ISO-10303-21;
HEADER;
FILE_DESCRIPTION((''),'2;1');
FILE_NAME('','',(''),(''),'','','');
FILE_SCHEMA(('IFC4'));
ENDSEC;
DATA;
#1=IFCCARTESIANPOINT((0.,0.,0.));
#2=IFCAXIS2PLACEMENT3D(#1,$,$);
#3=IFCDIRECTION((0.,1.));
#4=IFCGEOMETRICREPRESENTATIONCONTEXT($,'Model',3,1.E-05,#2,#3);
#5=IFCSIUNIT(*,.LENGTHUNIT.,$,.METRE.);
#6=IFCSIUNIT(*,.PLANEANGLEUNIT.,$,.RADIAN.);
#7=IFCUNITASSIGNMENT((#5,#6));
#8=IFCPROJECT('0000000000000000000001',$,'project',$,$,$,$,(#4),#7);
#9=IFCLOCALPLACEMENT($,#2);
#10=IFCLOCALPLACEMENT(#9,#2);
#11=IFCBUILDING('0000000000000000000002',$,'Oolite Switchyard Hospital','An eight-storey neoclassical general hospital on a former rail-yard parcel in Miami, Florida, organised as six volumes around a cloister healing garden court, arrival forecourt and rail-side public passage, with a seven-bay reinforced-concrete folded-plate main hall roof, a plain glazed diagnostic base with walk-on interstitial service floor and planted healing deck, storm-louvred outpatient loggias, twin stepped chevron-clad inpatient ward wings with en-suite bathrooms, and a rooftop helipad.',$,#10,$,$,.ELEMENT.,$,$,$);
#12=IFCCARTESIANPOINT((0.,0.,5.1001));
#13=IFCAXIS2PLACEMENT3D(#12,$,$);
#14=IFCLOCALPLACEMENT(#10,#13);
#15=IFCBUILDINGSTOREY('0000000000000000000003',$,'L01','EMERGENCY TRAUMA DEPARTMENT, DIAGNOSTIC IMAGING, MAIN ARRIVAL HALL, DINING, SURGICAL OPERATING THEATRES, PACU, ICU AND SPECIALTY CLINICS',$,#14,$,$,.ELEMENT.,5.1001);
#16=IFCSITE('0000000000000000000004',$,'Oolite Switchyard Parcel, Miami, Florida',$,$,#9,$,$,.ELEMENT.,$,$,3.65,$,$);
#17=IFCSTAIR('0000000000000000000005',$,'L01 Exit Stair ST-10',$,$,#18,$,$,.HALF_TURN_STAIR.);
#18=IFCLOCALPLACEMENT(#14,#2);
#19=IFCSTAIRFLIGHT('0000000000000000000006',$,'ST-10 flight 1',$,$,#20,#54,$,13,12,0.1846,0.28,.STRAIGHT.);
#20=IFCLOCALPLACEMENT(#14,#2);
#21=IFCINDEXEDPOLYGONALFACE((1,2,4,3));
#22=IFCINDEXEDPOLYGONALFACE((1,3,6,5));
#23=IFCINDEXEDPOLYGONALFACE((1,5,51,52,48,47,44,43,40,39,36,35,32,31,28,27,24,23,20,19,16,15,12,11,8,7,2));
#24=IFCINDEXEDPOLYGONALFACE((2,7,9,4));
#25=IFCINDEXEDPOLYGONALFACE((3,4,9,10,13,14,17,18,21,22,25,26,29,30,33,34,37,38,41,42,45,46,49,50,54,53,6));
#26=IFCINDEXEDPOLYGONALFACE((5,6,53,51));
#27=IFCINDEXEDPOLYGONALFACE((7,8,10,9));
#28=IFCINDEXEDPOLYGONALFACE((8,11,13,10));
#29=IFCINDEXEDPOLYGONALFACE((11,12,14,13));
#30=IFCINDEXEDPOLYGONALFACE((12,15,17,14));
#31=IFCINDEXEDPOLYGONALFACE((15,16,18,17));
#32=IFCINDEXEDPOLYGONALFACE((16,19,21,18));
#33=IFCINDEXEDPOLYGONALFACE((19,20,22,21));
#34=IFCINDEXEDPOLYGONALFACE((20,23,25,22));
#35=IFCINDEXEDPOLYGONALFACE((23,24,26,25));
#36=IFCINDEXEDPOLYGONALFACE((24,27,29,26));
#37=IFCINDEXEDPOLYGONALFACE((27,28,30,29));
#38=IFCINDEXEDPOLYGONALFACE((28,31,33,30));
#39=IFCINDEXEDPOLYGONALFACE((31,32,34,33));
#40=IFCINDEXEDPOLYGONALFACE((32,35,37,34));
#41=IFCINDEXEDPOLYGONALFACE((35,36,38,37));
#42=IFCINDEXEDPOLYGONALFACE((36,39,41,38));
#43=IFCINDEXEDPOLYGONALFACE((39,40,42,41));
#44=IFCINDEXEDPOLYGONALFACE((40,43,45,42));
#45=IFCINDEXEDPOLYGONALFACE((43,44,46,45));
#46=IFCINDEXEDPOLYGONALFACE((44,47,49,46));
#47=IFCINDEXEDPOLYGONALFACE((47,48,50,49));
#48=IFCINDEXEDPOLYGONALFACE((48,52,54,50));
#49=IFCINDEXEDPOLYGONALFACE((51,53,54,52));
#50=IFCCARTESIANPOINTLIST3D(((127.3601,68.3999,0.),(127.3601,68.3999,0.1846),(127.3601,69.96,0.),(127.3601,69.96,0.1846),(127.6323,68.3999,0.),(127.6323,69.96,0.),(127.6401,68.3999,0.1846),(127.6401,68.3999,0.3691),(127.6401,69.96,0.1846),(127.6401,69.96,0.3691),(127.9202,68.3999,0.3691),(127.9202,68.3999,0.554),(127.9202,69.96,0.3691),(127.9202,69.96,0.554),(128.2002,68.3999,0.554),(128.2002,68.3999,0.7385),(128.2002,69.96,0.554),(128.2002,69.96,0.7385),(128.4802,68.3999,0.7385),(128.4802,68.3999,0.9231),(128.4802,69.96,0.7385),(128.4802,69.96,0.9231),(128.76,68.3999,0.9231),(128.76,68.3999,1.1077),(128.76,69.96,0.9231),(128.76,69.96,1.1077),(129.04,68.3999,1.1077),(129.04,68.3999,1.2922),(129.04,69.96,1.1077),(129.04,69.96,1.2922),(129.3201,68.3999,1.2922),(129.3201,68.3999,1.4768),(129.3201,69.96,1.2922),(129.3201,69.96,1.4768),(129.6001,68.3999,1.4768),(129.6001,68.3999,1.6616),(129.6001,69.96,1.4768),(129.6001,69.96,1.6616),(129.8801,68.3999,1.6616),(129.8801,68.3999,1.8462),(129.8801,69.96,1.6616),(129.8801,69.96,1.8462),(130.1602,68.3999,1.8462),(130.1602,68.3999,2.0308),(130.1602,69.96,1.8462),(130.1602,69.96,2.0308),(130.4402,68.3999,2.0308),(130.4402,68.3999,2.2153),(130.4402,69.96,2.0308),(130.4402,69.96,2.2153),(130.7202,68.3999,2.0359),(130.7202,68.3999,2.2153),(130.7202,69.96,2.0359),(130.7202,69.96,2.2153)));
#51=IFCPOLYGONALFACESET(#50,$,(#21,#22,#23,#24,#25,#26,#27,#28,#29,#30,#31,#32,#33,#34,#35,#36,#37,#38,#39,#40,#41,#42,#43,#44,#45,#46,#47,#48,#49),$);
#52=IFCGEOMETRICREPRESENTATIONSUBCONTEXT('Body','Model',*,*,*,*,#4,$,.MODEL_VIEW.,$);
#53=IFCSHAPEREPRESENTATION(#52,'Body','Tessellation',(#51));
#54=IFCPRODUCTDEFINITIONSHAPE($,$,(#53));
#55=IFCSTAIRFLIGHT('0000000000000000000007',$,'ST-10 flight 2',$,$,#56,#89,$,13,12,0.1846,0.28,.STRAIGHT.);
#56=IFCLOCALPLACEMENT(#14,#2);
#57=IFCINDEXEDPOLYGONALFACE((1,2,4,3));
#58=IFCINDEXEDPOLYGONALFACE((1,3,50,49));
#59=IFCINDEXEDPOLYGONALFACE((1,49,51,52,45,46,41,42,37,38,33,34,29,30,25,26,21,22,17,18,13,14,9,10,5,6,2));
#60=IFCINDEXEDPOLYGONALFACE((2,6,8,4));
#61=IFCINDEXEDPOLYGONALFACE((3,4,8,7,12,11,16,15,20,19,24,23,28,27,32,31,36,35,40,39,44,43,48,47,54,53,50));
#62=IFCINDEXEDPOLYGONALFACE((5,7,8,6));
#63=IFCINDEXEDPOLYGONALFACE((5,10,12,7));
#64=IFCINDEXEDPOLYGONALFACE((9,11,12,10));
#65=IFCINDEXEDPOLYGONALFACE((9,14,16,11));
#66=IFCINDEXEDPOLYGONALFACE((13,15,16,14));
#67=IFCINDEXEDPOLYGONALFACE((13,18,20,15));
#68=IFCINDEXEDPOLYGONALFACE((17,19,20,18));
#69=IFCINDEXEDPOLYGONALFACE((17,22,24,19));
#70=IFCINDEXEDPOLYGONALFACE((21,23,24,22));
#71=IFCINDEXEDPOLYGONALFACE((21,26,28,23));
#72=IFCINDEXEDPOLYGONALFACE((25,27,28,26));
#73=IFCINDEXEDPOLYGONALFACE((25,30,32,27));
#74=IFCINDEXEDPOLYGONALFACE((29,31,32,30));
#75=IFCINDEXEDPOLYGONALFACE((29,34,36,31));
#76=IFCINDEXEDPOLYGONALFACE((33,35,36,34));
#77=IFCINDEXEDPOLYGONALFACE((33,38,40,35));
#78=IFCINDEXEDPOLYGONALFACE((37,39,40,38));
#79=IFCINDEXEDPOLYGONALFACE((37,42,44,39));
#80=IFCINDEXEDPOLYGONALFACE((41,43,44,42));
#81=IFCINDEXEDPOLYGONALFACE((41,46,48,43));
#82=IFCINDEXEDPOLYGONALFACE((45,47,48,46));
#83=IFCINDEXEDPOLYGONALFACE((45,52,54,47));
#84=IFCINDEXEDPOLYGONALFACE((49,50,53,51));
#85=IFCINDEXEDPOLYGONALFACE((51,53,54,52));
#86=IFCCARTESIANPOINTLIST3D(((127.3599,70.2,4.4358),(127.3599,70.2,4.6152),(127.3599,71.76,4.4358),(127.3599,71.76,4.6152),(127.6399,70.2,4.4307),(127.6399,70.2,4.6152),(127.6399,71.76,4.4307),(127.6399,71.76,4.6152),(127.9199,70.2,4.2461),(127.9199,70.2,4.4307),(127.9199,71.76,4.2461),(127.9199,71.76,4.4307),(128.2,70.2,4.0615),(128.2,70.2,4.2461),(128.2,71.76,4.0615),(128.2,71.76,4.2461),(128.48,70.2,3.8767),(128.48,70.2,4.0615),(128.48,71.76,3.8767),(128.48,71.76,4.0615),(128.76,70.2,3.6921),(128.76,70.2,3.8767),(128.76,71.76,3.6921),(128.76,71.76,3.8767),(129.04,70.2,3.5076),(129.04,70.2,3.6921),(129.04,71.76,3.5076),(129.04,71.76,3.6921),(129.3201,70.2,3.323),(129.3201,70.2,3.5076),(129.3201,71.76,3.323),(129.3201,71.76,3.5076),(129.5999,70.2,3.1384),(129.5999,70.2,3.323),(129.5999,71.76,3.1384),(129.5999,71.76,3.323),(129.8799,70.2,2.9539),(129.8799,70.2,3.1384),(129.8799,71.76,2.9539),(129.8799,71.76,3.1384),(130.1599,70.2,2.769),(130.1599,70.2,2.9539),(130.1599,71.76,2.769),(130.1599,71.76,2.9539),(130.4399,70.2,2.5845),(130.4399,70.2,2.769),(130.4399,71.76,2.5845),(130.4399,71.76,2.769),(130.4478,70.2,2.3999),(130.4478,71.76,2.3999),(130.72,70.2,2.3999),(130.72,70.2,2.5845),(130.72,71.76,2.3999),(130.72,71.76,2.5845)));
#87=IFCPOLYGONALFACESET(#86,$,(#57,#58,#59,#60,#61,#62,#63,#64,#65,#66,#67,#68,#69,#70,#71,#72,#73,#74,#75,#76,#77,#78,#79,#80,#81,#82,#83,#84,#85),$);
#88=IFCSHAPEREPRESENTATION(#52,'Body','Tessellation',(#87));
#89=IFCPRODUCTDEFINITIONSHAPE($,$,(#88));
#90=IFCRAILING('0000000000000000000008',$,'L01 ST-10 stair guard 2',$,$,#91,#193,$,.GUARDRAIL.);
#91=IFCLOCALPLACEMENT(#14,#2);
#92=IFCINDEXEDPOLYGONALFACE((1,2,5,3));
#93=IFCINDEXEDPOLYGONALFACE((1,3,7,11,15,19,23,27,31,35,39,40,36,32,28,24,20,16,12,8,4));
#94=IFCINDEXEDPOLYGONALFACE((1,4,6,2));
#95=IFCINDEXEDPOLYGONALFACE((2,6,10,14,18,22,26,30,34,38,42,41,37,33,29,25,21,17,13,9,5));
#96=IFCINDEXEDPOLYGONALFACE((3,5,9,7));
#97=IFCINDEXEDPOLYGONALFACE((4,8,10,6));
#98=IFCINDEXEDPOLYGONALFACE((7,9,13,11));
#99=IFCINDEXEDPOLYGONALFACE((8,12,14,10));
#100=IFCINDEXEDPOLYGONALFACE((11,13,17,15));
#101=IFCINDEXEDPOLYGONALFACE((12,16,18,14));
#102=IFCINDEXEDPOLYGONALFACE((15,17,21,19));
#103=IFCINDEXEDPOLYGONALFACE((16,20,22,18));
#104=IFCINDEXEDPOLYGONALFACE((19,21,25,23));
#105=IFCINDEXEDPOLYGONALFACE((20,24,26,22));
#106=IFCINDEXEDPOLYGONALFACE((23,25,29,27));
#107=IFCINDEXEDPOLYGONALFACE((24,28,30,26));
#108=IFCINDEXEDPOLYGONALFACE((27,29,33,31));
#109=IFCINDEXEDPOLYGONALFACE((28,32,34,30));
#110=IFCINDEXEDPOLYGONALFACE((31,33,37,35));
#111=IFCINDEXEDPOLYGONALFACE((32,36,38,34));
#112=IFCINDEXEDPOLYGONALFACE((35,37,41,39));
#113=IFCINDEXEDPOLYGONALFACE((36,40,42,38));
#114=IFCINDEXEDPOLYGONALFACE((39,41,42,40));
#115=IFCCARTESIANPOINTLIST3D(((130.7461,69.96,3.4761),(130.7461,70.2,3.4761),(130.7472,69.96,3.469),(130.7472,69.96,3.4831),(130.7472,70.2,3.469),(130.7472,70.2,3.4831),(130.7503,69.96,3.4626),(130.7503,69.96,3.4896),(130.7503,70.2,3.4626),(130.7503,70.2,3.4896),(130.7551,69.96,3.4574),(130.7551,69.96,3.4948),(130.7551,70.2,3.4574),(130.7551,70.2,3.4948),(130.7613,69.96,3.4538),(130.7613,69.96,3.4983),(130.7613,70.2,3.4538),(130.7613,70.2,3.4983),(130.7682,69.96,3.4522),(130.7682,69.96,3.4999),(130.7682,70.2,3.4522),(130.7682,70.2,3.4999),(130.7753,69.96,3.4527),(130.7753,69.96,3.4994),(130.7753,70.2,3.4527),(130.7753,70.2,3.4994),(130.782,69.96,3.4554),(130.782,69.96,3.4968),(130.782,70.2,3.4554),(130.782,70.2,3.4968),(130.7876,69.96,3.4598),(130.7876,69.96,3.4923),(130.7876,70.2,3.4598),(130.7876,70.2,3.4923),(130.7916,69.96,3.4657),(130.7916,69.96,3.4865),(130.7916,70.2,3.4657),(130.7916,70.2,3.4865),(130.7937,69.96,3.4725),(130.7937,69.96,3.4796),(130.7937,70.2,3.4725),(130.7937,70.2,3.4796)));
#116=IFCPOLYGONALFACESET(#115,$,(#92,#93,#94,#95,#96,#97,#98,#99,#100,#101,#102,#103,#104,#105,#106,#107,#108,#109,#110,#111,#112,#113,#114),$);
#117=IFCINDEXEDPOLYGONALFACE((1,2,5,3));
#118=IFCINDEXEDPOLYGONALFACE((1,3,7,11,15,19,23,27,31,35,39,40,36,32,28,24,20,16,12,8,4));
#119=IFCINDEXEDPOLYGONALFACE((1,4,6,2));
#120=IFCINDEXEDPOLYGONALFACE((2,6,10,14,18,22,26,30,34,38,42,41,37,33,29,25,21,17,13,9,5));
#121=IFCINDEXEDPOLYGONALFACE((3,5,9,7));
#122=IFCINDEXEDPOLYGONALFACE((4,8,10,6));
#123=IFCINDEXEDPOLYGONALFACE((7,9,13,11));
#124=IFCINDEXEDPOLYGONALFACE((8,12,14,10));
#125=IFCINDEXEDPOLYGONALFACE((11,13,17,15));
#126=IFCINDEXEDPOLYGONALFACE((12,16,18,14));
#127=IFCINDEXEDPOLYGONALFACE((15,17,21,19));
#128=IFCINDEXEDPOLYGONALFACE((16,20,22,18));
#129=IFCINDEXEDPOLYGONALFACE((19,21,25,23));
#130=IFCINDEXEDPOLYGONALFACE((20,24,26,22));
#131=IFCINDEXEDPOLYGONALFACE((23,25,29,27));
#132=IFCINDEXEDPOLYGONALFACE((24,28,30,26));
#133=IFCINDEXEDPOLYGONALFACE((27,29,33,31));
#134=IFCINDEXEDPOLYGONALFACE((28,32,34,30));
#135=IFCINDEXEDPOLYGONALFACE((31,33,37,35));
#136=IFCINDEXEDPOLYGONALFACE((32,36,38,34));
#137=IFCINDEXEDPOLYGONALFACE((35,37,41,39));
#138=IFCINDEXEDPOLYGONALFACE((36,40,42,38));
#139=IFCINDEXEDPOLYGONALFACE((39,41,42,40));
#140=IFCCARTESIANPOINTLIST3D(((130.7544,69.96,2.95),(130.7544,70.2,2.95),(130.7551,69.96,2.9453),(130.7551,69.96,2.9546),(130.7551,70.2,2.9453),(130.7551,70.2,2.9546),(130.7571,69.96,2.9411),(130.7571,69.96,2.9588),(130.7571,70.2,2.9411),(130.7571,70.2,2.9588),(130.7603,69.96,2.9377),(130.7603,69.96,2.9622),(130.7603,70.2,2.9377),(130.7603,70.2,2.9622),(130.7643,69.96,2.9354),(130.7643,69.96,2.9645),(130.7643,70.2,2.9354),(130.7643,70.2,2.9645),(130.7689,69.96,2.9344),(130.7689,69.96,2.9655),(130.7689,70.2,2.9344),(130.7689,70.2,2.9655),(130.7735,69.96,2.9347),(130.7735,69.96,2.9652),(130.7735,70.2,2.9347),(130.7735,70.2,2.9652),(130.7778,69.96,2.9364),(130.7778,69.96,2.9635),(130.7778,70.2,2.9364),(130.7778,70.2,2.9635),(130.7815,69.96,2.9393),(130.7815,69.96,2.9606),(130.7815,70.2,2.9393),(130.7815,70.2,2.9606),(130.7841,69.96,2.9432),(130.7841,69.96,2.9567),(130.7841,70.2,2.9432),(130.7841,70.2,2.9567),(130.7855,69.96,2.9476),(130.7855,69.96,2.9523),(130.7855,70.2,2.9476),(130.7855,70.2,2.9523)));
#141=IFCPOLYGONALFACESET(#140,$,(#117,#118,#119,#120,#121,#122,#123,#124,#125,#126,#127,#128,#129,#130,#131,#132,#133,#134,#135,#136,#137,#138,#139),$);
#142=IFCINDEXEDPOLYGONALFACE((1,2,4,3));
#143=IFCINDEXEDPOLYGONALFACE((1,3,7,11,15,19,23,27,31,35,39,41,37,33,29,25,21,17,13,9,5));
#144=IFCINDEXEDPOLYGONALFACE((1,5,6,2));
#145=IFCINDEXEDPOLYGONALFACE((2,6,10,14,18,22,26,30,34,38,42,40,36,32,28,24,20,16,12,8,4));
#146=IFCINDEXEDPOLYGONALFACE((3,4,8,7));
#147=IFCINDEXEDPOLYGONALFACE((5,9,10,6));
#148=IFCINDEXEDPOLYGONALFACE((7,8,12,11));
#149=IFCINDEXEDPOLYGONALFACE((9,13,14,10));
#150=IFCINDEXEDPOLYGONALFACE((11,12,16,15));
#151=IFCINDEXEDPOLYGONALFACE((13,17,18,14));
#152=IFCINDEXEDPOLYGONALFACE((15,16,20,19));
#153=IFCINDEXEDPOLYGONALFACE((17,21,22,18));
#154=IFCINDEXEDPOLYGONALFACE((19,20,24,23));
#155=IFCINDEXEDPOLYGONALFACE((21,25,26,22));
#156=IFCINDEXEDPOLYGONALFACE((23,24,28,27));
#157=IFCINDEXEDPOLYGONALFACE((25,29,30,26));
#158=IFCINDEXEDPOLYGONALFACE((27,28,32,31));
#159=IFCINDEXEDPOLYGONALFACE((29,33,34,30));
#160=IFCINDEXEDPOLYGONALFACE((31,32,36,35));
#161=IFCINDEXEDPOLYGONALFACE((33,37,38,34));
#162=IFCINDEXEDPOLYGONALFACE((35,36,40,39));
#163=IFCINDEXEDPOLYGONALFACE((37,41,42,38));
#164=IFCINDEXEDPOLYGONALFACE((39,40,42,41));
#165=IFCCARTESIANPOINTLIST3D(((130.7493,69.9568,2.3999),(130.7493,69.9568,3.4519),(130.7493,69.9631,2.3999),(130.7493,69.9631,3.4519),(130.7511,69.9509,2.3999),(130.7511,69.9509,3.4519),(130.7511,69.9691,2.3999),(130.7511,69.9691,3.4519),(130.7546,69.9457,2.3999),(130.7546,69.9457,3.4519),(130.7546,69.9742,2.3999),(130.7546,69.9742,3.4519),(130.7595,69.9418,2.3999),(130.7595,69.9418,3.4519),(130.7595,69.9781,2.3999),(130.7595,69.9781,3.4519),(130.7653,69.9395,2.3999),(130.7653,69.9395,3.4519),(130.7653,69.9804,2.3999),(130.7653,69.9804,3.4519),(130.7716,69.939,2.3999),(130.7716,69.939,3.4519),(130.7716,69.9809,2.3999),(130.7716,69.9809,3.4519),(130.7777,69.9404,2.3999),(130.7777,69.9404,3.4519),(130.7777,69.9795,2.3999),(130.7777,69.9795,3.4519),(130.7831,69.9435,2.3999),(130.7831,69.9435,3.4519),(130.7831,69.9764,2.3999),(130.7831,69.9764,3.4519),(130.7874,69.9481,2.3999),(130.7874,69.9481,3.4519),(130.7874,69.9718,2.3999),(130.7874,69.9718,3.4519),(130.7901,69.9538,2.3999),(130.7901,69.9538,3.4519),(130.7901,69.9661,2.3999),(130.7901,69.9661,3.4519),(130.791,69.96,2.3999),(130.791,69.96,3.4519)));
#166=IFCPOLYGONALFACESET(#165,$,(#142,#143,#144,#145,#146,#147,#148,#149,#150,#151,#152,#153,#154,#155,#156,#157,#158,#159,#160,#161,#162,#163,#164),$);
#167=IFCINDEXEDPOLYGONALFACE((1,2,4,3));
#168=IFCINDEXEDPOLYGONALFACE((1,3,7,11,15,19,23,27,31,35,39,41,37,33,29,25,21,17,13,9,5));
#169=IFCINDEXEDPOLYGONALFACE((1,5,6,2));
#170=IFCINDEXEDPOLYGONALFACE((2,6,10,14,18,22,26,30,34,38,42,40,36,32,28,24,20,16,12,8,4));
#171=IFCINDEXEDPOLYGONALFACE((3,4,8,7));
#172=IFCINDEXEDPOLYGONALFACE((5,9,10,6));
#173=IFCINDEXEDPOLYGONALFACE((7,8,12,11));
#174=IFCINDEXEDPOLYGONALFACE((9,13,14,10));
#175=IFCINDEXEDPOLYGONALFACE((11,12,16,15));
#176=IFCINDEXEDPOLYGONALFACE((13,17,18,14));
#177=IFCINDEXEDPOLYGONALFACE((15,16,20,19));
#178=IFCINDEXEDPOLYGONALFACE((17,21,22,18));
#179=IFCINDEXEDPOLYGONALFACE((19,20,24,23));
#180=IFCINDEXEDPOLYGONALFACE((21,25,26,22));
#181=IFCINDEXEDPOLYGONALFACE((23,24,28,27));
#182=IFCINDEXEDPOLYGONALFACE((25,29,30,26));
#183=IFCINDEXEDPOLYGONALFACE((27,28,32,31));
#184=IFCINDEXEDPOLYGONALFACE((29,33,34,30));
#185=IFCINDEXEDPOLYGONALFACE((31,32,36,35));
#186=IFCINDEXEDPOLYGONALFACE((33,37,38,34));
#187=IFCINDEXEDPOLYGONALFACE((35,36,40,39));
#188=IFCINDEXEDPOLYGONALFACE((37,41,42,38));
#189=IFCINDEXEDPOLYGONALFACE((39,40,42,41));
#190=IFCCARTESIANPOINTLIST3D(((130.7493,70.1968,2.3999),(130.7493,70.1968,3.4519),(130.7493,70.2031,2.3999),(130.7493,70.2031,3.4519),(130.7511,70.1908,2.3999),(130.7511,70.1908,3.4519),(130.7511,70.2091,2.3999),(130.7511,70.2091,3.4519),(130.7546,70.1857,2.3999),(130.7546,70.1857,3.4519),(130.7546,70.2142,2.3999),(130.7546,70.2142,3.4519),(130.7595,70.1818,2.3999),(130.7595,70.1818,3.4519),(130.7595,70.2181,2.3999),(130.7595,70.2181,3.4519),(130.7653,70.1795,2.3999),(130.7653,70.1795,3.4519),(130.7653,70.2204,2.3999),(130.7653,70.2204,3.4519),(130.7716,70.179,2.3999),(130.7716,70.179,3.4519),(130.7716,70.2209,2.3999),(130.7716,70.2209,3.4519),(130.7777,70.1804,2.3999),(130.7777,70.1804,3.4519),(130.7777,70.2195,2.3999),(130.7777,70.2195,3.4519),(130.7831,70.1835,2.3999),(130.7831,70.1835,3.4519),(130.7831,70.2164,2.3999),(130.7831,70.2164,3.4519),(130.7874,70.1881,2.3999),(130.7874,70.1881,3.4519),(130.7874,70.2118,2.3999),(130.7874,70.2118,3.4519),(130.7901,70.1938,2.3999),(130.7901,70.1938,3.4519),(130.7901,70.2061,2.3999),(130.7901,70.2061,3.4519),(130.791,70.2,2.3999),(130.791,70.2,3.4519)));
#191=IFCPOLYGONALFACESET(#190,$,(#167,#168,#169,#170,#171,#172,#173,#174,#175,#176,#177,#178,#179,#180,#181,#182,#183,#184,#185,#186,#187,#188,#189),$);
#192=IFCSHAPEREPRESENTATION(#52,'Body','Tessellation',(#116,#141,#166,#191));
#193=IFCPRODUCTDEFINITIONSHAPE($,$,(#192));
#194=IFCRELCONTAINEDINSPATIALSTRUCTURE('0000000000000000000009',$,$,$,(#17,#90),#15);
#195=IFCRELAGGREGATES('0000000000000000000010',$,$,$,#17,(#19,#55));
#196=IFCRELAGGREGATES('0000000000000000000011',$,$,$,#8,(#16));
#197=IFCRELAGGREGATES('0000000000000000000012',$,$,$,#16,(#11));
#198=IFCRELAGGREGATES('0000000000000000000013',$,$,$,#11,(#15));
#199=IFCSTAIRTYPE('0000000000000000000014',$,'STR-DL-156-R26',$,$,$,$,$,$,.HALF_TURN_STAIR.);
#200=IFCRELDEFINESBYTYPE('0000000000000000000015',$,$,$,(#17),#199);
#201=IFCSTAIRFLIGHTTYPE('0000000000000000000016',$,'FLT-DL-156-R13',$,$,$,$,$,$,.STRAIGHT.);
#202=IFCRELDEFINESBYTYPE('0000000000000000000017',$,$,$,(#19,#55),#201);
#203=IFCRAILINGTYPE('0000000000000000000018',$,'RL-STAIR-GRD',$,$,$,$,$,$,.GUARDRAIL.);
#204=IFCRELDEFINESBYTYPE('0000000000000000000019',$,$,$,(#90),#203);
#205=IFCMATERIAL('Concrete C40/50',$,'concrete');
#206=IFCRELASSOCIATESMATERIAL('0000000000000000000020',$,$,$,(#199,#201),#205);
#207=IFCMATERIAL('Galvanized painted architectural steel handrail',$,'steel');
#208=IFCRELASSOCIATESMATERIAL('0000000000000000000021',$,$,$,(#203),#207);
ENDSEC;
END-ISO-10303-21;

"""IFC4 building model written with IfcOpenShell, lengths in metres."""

from ifc_helpers import new_model, si_unit, direction, frame, origin, origin_2d, place, context, subcontext, project, spatial, polyline, circle, outline, extrude, material, type_object, element, aggregate, save


model = new_model("IFC4")

# Units and contexts
model_context = context("Model", 3, precision=1e-05, world=origin(), true_north=direction((0.0, 1.0)))
body_context = subcontext(model_context, "Body", "Model", "MODEL_VIEW")
ifc_project = project(units=[si_unit("LENGTHUNIT", "METRE"), si_unit("PLANEANGLEUNIT", "RADIAN")], contexts=[model_context])

# Site, building, storey
site_placement = place(None, origin())
site = spatial("IfcSite", under=ifc_project, at=site_placement, Name="Oolite Switchyard Parcel, Miami, Florida", CompositionType="ELEMENT", RefElevation=3.65)
building_placement = place(site_placement, origin())
building = spatial("IfcBuilding", under=site, at=building_placement, Name="Oolite Switchyard Hospital", Description="An eight-storey neoclassical general hospital on a former rail-yard parcel in Miami, Florida, organised as six volumes around a cloister healing garden court, arrival forecourt and rail-side public passage, with a seven-bay reinforced-concrete folded-plate main hall roof, a plain glazed diagnostic base with walk-on interstitial service floor and planted healing deck, storm-louvred outpatient loggias, twin stepped chevron-clad inpatient ward wings with en-suite bathrooms, and a rooftop helipad.", CompositionType="ELEMENT")
storey_placement = place(building_placement, frame((0.0, 0.0, 5.1001)))
storey = spatial("IfcBuildingStorey", under=building, at=storey_placement, Name="L01", Description="EMERGENCY TRAUMA DEPARTMENT, DIAGNOSTIC IMAGING, MAIN ARRIVAL HALL, DINING, SURGICAL OPERATING THEATRES, PACU, ICU AND SPECIALTY CLINICS", CompositionType="ELEMENT", Elevation=5.1001)

# Shared definitions
ifc_material_1 = material(Name="Concrete C40/50", Category="concrete")

# Stair, stair flights
stair_type = type_object("IfcStairType", Name="STR-DL-156-R26", PredefinedType="HALF_TURN_STAIR", material=ifc_material_1)
stair_placement = place(storey_placement, origin())
stair = element("IfcStair", 1, at=stair_placement, inside=storey, type_object=stair_type, Name="L01 Exit Stair ST-10", PredefinedType="HALF_TURN_STAIR")
stair_flight_type = type_object("IfcStairFlightType", Name="FLT-DL-156-R13", PredefinedType="STRAIGHT", material=ifc_material_1)
stair_flight_1_placement = place(storey_placement, frame((127.3601, 69.1799, 0.0), z_axis=(0.0, 0.0, 1.0), x_axis=(1.0, 0.0, 0.0)))
stair_flight_1 = element("IfcStairFlight", 2, at=stair_flight_1_placement, type_object=stair_flight_type, Name="ST-10 flight 1", NumberOfRisers=13, NumberOfTreads=12, PredefinedType="STRAIGHT", RiserHeight=0.1846, TreadLength=0.28, context=body_context, shape_type="SweptSolid", body=[
    extrude(outline(polyline([(0.0, 0.0), (0.0, 0.1846), (0.28, 0.1846), (0.28, 0.3691), (0.5601, 0.3691), (0.5601, 0.554), (0.8401, 0.554), (0.8401, 0.7385), (1.1201, 0.7385), (1.1201, 0.9231), (1.3999, 0.9231), (1.3999, 1.1077), (1.6799, 1.1077), (1.6799, 1.2922), (1.96, 1.2922), (1.96, 1.4768), (2.24, 1.4768), (2.24, 1.6616), (2.52, 1.6616), (2.52, 1.8462), (2.8, 1.8462), (2.8, 2.0308), (3.0801, 2.0308), (3.0801, 2.2153), (3.3601, 2.2153), (3.3601, 2.3999), (3.3601, 2.0359), (0.2722, 0.0), (0.0, 0.0)])), frame((0.0, 0.78, 0.0), z_axis=(0.0, -1.0, 0.0), x_axis=(1.0, 0.0, 0.0)), (0.0, 0.0, 1.0), 1.5601),
])
stair_flight_2_placement = place(storey_placement, frame((130.72, 70.98, 2.3999), z_axis=(0.0, 0.0, 1.0), x_axis=(-1.0, 0.0, 0.0)))
stair_flight_2 = element("IfcStairFlight", 3, at=stair_flight_2_placement, type_object=stair_flight_type, Name="ST-10 flight 2", NumberOfRisers=13, NumberOfTreads=12, PredefinedType="STRAIGHT", RiserHeight=0.1846, TreadLength=0.28, context=body_context, shape_type="SweptSolid", body=[
    extrude(outline(polyline([(0.0, 0.0), (0.0, 0.1846), (0.28, 0.1846), (0.28, 0.3691), (0.5601, 0.3691), (0.5601, 0.554), (0.8401, 0.554), (0.8401, 0.7385), (1.1201, 0.7385), (1.1201, 0.9231), (1.3999, 0.9231), (1.3999, 1.1077), (1.6799, 1.1077), (1.6799, 1.2922), (1.96, 1.2922), (1.96, 1.4768), (2.24, 1.4768), (2.24, 1.6616), (2.52, 1.6616), (2.52, 1.8462), (2.8, 1.8462), (2.8, 2.0308), (3.0801, 2.0308), (3.0801, 2.2153), (3.3601, 2.2153), (3.3601, 2.3999), (3.3601, 2.0359), (0.2722, 0.0), (0.0, 0.0)])), frame((0.0, 0.78, 0.0), z_axis=(0.0, -1.0, 0.0), x_axis=(1.0, 0.0, 0.0)), (0.0, 0.0, 1.0), 1.5601),
])
aggregate(stair, [stair_flight_1, stair_flight_2])

# Railing
ifc_material_2 = material(Name="Galvanized painted architectural steel handrail", Category="steel")
railing_type_1 = type_object("IfcRailingType", Name="RL-STAIR-GRD", PredefinedType="GUARDRAIL", material=ifc_material_2)
railing_1_placement = place(storey_placement, frame((130.77, 69.96, 2.3999)))
element("IfcRailing", 4, at=railing_1_placement, inside=storey, type_object=railing_type_1, Name="L01 ST-10 stair guard 2", PredefinedType="GUARDRAIL", context=body_context, shape_type="SweptSolid", body=[
    extrude(circle(Radius=0.0239, at=origin_2d()), frame((0.0, 0.0, 1.0762), z_axis=(0.0, 1.0, 0.0), x_axis=(-1.0, 0.0, 0.0)), (0.0, 0.0, 1.0), 0.24),
    extrude(circle(Radius=0.0156, at=origin_2d()), frame((0.0, 0.0, 0.55), z_axis=(0.0, 1.0, 0.0), x_axis=(-1.0, 0.0, 0.0)), (0.0, 0.0, 1.0), 0.24),
    extrude(circle(Radius=0.021, at=origin_2d()), origin(), (0.0, 0.0, 1.0), 1.052),
    extrude(circle(Radius=0.021, at=origin_2d()), frame((0.0, 0.24, 0.0)), (0.0, 0.0, 1.0), 1.052),
])

save(model, "model.ifc")
